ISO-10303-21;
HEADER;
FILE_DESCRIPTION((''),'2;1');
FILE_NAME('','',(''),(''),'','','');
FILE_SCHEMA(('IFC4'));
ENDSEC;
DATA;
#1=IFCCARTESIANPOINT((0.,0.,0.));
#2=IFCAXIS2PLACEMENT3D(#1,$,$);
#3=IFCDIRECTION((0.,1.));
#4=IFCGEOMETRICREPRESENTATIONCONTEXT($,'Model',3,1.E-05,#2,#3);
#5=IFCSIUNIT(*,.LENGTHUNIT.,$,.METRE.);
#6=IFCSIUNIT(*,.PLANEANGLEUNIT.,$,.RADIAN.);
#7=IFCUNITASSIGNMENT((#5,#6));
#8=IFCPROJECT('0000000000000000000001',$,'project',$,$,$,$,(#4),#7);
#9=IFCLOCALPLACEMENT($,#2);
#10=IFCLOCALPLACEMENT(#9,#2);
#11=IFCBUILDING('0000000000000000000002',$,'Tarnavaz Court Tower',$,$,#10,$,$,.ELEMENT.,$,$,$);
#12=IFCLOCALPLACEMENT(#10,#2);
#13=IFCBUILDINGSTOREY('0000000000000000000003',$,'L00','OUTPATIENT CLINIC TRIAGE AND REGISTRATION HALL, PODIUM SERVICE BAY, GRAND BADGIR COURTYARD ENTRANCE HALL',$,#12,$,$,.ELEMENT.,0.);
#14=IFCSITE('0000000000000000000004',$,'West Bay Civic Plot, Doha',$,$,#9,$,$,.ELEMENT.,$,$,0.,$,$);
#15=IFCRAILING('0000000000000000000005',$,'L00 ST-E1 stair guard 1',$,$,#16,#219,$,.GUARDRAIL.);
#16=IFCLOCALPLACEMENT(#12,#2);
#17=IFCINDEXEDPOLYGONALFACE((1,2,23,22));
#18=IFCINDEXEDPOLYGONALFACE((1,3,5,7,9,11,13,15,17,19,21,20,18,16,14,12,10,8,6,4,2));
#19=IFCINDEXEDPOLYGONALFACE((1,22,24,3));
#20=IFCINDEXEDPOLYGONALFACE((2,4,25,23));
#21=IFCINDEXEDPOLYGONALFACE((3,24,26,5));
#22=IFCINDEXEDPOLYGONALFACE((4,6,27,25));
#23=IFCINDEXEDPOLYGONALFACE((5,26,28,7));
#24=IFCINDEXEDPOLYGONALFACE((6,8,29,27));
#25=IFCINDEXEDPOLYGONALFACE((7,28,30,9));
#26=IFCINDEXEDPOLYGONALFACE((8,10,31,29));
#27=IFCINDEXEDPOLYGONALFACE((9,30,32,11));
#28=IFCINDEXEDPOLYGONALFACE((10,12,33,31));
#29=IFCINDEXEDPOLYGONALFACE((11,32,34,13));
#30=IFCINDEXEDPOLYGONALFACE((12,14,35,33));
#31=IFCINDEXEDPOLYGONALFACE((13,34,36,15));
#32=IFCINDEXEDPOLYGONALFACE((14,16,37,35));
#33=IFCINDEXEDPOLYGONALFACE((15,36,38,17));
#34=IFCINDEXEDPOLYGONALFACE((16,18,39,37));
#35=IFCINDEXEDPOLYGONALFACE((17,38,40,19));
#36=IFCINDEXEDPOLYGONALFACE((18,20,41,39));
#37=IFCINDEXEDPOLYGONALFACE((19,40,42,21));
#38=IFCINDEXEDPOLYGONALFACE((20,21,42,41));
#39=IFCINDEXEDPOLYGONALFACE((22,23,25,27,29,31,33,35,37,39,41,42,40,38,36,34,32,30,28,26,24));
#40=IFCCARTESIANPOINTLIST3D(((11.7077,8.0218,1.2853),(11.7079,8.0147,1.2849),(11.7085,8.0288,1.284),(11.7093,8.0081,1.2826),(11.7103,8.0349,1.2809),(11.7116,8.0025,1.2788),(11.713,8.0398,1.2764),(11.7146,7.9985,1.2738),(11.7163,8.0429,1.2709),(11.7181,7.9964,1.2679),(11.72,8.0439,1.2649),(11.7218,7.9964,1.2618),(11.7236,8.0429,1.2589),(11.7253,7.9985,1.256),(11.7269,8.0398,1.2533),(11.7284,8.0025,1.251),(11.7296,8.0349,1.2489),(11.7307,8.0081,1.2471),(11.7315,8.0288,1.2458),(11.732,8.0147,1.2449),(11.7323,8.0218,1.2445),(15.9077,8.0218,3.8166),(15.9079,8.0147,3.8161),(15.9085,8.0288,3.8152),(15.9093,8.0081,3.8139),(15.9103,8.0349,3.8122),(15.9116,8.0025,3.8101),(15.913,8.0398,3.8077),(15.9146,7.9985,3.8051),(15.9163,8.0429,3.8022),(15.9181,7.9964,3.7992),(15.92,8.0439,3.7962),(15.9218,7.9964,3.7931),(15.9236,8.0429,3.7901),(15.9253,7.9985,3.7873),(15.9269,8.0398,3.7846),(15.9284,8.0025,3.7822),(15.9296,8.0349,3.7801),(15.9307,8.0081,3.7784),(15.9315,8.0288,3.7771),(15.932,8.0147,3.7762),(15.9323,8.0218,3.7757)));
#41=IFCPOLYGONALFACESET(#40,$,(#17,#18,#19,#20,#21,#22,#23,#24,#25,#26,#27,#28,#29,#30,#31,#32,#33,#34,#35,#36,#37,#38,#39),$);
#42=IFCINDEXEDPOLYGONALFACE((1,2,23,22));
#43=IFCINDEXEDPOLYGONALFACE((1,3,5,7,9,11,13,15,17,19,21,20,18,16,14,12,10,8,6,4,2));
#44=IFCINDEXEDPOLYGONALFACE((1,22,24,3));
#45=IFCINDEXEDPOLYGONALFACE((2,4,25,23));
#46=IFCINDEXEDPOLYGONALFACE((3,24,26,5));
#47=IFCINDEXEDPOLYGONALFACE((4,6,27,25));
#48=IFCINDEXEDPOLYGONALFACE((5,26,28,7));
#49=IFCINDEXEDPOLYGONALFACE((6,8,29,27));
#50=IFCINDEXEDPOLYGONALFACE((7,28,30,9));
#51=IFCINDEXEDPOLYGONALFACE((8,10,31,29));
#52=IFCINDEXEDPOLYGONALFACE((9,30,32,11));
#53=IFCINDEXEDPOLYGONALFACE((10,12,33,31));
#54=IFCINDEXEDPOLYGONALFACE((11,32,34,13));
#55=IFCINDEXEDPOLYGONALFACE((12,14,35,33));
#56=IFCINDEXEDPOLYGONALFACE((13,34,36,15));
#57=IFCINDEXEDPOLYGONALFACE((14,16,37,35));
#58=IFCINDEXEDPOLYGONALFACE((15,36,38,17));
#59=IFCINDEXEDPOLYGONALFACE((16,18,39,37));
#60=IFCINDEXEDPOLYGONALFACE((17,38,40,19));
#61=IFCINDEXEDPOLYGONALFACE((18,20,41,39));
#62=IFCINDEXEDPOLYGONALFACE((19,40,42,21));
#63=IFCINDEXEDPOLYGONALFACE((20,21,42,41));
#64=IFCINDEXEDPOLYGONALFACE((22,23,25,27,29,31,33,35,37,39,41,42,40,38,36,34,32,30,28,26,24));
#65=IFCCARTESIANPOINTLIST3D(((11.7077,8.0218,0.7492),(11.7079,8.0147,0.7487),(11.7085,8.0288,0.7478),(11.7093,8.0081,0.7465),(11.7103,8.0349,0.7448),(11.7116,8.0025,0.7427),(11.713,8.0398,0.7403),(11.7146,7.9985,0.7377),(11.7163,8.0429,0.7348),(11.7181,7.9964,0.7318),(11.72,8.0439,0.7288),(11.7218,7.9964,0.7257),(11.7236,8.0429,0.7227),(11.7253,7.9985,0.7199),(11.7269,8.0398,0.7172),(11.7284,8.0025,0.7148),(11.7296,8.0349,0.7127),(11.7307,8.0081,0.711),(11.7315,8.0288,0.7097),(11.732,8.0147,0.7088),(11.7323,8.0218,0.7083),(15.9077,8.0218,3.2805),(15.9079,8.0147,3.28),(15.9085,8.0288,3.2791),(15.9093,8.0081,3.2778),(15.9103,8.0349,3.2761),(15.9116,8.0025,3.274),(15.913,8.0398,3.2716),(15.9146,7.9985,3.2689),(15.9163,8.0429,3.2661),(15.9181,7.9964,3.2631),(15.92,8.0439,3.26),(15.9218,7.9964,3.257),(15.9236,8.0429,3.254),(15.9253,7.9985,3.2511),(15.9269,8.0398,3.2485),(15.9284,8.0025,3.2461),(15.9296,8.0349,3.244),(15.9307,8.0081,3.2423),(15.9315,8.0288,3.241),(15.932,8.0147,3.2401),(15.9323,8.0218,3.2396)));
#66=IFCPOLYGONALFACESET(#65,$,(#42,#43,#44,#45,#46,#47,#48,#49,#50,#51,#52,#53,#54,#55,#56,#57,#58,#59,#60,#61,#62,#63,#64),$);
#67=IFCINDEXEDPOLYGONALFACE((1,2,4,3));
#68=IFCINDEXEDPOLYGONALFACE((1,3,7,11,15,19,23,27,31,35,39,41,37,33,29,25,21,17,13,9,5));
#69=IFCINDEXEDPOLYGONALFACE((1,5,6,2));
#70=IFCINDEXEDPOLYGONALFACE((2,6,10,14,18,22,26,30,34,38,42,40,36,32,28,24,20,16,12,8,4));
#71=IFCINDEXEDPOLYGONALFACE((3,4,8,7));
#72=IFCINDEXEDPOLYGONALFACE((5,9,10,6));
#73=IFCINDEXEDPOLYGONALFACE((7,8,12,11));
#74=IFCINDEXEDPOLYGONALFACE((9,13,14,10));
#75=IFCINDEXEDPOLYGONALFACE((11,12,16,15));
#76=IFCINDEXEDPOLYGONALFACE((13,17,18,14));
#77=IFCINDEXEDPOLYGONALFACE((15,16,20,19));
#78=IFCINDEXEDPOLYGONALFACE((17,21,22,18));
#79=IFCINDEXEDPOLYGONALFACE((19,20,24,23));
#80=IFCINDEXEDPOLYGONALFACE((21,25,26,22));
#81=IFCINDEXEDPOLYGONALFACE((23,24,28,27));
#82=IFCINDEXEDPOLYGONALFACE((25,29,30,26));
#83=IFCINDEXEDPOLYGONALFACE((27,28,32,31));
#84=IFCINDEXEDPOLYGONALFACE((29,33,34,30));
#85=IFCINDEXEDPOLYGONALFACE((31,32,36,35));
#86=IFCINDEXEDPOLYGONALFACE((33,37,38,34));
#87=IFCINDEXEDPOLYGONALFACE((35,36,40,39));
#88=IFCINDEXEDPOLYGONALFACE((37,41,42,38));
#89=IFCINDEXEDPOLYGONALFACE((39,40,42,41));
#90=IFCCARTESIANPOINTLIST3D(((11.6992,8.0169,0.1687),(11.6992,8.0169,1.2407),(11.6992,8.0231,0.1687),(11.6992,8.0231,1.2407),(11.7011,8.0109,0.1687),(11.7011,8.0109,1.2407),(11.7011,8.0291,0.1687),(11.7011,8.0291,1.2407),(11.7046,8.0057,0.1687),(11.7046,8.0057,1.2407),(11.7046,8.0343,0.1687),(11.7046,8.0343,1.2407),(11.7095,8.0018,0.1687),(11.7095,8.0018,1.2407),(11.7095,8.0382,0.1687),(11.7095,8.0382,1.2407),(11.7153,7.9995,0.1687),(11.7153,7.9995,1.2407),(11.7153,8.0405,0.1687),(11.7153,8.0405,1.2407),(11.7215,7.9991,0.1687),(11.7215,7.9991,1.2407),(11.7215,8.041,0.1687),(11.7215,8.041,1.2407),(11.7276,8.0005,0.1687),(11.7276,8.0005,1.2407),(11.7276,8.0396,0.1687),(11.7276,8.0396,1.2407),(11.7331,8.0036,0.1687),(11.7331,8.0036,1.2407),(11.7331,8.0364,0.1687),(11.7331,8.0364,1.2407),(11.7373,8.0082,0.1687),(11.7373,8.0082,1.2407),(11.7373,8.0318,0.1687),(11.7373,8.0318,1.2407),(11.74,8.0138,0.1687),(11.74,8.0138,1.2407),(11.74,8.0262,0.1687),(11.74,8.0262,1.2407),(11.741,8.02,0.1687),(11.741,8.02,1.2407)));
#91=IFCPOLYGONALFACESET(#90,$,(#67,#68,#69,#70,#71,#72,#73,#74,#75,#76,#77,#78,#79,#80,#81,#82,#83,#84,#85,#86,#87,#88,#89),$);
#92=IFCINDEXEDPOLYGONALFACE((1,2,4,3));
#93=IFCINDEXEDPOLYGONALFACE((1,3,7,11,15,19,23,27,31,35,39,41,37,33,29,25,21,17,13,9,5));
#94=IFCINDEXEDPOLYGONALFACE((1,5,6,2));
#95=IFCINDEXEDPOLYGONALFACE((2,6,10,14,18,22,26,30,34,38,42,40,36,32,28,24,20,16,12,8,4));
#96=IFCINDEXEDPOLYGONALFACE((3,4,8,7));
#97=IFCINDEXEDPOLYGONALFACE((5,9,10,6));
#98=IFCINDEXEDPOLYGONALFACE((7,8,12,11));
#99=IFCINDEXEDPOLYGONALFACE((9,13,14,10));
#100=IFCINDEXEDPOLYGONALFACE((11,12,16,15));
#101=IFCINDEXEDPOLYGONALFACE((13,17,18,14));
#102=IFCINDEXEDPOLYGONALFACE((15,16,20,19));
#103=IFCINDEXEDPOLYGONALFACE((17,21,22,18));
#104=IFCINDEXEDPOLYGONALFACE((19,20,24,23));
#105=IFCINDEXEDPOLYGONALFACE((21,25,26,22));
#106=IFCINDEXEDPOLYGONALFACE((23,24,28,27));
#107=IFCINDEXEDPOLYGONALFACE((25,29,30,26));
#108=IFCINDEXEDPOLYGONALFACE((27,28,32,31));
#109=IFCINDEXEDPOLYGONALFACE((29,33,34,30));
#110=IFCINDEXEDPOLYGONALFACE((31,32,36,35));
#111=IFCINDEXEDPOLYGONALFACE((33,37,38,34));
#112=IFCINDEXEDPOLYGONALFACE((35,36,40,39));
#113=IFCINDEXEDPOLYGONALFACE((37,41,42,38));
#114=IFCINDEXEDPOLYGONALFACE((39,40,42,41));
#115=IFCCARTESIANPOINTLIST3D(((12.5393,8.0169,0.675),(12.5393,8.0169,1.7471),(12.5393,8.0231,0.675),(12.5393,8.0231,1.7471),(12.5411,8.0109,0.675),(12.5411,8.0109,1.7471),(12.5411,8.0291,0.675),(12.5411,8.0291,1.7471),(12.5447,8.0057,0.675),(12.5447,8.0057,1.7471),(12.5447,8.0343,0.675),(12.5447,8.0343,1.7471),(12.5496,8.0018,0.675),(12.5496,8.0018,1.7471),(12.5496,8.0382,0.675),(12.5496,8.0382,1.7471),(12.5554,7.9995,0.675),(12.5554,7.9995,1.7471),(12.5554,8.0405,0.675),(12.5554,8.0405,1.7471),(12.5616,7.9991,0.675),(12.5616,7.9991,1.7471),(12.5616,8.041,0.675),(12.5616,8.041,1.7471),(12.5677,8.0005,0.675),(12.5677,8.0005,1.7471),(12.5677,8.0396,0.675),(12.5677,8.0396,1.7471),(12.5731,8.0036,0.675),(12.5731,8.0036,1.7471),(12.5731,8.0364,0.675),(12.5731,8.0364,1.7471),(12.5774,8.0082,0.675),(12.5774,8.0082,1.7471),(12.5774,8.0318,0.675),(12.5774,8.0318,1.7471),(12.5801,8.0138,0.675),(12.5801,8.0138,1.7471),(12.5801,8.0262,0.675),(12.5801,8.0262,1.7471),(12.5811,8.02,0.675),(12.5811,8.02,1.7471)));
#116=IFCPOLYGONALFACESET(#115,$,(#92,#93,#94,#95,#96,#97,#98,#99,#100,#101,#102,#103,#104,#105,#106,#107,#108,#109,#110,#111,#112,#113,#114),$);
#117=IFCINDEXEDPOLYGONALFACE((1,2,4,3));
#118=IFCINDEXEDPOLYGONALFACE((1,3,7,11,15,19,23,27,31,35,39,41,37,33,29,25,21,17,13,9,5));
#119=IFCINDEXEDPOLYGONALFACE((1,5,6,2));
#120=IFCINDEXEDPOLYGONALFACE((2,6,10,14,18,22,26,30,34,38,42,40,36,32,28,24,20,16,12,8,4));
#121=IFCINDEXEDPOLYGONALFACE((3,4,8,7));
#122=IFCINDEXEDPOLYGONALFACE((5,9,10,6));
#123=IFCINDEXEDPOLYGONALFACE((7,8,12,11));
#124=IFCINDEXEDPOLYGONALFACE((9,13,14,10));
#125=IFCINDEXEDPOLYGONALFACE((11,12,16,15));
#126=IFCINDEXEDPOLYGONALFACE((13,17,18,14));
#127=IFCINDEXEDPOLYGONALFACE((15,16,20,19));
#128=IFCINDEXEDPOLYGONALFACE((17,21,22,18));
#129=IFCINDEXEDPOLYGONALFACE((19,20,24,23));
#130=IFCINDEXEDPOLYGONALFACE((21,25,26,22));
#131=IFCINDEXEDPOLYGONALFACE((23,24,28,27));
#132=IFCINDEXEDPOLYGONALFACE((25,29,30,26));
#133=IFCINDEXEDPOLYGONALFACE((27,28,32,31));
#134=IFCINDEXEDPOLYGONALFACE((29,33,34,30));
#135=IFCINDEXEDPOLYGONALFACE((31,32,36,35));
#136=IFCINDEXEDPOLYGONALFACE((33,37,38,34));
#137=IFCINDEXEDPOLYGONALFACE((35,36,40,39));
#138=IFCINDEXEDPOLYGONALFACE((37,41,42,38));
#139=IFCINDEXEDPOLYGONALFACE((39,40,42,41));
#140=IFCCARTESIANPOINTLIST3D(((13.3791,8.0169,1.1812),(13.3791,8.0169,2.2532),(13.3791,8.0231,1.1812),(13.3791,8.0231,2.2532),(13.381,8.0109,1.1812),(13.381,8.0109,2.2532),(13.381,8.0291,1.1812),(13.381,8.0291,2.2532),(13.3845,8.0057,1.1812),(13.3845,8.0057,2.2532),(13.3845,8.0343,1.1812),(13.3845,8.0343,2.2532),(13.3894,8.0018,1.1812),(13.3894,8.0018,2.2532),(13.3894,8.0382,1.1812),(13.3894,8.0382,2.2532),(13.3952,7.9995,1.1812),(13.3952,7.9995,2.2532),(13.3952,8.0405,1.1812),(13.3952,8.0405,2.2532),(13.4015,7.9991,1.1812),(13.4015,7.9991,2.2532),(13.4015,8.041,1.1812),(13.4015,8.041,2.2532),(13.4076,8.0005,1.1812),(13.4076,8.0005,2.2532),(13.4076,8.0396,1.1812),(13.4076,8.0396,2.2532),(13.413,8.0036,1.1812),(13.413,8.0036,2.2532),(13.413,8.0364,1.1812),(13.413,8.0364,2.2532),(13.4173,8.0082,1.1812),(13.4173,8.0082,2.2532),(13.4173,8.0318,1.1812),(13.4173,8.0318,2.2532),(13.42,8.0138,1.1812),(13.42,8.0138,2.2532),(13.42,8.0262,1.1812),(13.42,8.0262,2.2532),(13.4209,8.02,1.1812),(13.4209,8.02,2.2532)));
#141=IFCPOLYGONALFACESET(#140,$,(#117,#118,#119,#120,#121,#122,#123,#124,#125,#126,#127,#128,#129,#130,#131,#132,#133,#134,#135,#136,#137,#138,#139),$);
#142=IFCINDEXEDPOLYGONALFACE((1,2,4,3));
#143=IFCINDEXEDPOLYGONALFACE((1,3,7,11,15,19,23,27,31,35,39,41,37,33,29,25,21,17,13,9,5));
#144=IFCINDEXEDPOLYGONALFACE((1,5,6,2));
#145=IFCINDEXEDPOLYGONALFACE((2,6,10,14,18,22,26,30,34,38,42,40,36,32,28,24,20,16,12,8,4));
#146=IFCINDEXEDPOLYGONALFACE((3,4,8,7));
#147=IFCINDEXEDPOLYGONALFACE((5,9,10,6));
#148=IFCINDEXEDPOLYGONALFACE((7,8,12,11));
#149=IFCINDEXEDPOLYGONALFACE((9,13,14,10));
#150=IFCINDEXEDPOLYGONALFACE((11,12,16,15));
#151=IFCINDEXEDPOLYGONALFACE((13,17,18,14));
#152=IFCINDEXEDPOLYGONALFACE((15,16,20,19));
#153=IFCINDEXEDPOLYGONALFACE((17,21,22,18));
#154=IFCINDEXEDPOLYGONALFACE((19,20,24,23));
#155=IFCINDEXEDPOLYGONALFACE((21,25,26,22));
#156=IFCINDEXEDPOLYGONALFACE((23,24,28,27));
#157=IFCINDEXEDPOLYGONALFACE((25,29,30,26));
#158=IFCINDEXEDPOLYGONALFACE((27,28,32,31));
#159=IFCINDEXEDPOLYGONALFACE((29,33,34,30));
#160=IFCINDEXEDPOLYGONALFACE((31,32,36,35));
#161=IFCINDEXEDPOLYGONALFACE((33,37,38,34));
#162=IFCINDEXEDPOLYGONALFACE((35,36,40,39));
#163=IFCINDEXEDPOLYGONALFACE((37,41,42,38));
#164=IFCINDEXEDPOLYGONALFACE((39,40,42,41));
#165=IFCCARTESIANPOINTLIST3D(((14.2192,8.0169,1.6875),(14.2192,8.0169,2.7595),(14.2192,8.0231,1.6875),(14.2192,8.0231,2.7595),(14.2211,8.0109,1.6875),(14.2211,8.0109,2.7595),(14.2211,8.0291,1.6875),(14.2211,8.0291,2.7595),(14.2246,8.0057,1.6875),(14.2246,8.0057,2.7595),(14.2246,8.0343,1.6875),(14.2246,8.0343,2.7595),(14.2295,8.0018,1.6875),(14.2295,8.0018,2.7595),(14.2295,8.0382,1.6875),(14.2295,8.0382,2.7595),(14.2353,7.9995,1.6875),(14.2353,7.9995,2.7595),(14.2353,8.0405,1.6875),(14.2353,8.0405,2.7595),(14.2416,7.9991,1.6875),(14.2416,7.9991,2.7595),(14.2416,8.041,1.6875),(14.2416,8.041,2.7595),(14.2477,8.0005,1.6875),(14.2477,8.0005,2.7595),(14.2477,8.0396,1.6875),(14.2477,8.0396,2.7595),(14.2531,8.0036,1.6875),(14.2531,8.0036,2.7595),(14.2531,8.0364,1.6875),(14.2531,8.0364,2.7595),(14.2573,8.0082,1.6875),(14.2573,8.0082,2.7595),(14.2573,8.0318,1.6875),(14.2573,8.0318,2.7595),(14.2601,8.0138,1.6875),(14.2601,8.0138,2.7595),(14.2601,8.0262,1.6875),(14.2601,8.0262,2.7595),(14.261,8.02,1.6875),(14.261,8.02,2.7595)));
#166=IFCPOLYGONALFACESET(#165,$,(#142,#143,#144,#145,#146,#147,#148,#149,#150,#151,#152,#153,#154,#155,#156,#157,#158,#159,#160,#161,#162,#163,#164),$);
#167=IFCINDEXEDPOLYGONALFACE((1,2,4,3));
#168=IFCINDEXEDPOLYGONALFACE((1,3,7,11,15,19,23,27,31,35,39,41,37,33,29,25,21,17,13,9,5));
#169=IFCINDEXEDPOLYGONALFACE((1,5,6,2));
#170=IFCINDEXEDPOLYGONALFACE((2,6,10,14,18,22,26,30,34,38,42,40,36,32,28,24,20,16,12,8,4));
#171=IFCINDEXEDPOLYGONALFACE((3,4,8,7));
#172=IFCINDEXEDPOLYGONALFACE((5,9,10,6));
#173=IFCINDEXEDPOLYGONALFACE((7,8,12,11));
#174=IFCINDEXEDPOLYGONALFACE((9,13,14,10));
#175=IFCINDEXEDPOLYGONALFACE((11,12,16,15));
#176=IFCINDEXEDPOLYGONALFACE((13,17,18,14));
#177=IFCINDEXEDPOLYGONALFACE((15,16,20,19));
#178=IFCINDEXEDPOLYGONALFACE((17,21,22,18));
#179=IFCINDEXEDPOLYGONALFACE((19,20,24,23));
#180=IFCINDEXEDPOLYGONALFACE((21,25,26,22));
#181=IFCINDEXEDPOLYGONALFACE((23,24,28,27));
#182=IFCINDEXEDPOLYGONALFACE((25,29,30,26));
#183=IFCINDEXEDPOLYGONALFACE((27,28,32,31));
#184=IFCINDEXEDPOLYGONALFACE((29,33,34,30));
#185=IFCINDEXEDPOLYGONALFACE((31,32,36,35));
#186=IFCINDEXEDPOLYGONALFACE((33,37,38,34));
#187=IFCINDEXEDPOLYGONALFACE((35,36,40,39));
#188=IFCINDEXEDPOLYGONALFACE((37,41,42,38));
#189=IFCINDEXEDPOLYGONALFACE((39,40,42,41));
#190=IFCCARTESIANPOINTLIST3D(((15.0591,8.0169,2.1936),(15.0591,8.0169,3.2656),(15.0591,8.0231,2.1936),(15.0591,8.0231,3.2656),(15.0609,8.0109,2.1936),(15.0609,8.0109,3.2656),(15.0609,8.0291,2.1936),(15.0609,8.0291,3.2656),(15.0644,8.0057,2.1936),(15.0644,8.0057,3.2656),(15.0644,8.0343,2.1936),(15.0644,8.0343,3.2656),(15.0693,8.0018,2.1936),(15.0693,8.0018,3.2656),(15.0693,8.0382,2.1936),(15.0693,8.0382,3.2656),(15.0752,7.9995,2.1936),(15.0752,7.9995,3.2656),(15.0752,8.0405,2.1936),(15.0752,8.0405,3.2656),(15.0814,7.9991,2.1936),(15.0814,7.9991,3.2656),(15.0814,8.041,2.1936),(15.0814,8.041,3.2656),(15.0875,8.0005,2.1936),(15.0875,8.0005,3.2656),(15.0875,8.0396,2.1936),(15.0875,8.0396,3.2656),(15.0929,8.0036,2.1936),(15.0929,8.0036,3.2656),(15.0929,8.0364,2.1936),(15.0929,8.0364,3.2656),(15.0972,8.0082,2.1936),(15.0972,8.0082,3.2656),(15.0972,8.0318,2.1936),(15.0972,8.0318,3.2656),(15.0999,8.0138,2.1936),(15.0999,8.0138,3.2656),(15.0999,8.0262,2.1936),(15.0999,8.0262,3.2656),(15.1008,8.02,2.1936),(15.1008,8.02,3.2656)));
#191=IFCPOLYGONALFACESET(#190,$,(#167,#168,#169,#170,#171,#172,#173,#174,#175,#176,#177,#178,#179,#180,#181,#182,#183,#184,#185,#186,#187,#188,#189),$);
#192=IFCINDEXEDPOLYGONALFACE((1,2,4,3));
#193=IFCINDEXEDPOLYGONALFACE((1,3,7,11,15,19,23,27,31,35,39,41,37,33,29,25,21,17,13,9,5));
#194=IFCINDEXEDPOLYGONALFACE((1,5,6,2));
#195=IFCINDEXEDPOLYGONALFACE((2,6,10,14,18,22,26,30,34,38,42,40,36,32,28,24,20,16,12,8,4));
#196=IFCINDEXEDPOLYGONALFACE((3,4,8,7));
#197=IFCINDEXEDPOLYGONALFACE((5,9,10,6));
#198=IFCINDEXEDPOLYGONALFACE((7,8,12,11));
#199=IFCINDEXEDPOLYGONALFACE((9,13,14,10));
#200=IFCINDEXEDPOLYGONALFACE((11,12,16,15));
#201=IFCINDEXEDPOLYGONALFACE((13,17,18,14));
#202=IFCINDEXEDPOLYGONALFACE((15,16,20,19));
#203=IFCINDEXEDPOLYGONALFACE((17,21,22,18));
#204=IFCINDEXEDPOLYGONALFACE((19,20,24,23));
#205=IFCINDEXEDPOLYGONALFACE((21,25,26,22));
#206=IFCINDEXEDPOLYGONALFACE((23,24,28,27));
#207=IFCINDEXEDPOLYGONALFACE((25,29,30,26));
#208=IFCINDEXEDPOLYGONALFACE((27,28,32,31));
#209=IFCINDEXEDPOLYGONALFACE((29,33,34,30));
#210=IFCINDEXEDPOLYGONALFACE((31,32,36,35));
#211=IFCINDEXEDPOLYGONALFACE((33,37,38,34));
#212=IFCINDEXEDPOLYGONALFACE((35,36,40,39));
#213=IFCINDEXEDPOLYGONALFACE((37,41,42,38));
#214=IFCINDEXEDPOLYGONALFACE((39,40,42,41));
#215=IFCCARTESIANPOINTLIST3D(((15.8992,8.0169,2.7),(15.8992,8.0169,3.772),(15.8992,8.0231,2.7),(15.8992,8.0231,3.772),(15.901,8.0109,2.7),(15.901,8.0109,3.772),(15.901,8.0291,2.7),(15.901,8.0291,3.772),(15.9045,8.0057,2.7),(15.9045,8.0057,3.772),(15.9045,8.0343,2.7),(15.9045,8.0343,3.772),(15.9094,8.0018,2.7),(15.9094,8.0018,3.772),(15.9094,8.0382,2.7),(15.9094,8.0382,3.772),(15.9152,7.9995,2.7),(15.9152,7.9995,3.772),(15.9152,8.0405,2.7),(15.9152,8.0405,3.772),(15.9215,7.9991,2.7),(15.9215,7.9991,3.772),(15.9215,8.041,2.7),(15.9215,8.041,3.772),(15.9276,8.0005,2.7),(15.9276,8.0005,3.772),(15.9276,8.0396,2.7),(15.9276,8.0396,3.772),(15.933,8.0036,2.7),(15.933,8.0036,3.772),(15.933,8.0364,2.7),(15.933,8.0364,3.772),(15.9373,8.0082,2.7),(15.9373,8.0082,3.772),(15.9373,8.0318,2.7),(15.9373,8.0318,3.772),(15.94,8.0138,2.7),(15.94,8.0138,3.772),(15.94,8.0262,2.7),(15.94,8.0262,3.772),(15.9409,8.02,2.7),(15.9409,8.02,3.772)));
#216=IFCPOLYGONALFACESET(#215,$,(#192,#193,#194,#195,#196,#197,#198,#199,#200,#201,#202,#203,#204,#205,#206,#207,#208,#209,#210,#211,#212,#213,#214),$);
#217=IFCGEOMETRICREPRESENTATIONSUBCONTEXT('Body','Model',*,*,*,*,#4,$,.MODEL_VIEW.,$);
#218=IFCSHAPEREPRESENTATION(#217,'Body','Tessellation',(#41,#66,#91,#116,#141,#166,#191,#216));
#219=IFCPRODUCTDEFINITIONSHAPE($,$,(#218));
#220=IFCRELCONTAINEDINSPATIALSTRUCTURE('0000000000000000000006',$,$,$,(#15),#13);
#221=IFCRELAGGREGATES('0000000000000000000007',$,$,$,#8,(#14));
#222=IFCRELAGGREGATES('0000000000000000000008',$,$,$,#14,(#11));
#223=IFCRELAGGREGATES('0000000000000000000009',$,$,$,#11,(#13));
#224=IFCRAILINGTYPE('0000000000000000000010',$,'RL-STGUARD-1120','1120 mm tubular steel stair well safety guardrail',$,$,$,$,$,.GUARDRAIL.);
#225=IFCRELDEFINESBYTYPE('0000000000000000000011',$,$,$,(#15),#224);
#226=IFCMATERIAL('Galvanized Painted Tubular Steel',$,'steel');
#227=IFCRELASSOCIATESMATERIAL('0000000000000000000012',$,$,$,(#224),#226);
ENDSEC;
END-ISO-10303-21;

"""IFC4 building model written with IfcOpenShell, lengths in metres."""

from ifc_helpers import new_model, si_unit, direction, frame, origin, origin_2d, place, context, subcontext, project, spatial, circle, extrude, material, type_object, element, save


model = new_model("IFC4")

# Units and contexts
model_context = context("Model", 3, precision=1e-05, world=origin(), true_north=direction((0.0, 1.0)))
body_context = subcontext(model_context, "Body", "Model", "MODEL_VIEW")
ifc_project = project(units=[si_unit("LENGTHUNIT", "METRE"), si_unit("PLANEANGLEUNIT", "RADIAN")], contexts=[model_context])

# Site, building, storey
site_placement = place(None, origin())
site = spatial("IfcSite", under=ifc_project, at=site_placement, Name="West Bay Civic Plot, Doha", CompositionType="ELEMENT", RefElevation=0.0)
building_placement = place(site_placement, origin())
building = spatial("IfcBuilding", under=site, at=building_placement, Name="Tarnavaz Court Tower", CompositionType="ELEMENT")
storey_placement = place(building_placement, origin())
storey = spatial("IfcBuildingStorey", under=building, at=storey_placement, Name="L00", Description="OUTPATIENT CLINIC TRIAGE AND REGISTRATION HALL, PODIUM SERVICE BAY, GRAND BADGIR COURTYARD ENTRANCE HALL", CompositionType="ELEMENT", Elevation=0.0)

# Railing
ifc_material_1 = material(Name="Galvanized Painted Tubular Steel", Category="steel")
railing_type_1 = type_object("IfcRailingType", Name="RL-STGUARD-1120", Description="1120 mm tubular steel stair well safety guardrail", PredefinedType="GUARDRAIL", material=ifc_material_1)
railing_1_placement = place(storey_placement, frame((11.72, 8.02, 0.1687)))
element("IfcRailing", 1, at=railing_1_placement, inside=storey, type_object=railing_type_1, Name="L00 ST-E1 stair guard 1", PredefinedType="GUARDRAIL", context=body_context, shape_type="SweptSolid", body=[
    extrude(circle(Radius=0.0239, at=origin_2d()), frame((0.0, 0.0, 1.0962), z_axis=(0.856476, 0.0, 0.516186), x_axis=(0.0, 1.0, 0.0)), (0.0, 0.0, 1.0), 4.9038),
    extrude(circle(Radius=0.0239, at=origin_2d()), frame((0.0, 0.0, 0.5601), z_axis=(0.856476, 0.0, 0.516186), x_axis=(0.0, 1.0, 0.0)), (0.0, 0.0, 1.0), 4.9038),
    extrude(circle(Radius=0.021, at=origin_2d()), origin(), (0.0, 0.0, 1.0), 1.072),
    extrude(circle(Radius=0.021, at=origin_2d()), frame((0.8401, 0.0, 0.5063)), (0.0, 0.0, 1.0), 1.072),
    extrude(circle(Radius=0.021, at=origin_2d()), frame((1.6799, 0.0, 1.0125)), (0.0, 0.0, 1.0), 1.072),
    extrude(circle(Radius=0.021, at=origin_2d()), frame((2.52, 0.0, 1.5188)), (0.0, 0.0, 1.0), 1.072),
    extrude(circle(Radius=0.021, at=origin_2d()), frame((3.3599, 0.0, 2.0249)), (0.0, 0.0, 1.0), 1.072),
    extrude(circle(Radius=0.021, at=origin_2d()), frame((4.2, 0.0, 2.5312)), (0.0, 0.0, 1.0), 1.072),
])

save(model, "model.ifc")
